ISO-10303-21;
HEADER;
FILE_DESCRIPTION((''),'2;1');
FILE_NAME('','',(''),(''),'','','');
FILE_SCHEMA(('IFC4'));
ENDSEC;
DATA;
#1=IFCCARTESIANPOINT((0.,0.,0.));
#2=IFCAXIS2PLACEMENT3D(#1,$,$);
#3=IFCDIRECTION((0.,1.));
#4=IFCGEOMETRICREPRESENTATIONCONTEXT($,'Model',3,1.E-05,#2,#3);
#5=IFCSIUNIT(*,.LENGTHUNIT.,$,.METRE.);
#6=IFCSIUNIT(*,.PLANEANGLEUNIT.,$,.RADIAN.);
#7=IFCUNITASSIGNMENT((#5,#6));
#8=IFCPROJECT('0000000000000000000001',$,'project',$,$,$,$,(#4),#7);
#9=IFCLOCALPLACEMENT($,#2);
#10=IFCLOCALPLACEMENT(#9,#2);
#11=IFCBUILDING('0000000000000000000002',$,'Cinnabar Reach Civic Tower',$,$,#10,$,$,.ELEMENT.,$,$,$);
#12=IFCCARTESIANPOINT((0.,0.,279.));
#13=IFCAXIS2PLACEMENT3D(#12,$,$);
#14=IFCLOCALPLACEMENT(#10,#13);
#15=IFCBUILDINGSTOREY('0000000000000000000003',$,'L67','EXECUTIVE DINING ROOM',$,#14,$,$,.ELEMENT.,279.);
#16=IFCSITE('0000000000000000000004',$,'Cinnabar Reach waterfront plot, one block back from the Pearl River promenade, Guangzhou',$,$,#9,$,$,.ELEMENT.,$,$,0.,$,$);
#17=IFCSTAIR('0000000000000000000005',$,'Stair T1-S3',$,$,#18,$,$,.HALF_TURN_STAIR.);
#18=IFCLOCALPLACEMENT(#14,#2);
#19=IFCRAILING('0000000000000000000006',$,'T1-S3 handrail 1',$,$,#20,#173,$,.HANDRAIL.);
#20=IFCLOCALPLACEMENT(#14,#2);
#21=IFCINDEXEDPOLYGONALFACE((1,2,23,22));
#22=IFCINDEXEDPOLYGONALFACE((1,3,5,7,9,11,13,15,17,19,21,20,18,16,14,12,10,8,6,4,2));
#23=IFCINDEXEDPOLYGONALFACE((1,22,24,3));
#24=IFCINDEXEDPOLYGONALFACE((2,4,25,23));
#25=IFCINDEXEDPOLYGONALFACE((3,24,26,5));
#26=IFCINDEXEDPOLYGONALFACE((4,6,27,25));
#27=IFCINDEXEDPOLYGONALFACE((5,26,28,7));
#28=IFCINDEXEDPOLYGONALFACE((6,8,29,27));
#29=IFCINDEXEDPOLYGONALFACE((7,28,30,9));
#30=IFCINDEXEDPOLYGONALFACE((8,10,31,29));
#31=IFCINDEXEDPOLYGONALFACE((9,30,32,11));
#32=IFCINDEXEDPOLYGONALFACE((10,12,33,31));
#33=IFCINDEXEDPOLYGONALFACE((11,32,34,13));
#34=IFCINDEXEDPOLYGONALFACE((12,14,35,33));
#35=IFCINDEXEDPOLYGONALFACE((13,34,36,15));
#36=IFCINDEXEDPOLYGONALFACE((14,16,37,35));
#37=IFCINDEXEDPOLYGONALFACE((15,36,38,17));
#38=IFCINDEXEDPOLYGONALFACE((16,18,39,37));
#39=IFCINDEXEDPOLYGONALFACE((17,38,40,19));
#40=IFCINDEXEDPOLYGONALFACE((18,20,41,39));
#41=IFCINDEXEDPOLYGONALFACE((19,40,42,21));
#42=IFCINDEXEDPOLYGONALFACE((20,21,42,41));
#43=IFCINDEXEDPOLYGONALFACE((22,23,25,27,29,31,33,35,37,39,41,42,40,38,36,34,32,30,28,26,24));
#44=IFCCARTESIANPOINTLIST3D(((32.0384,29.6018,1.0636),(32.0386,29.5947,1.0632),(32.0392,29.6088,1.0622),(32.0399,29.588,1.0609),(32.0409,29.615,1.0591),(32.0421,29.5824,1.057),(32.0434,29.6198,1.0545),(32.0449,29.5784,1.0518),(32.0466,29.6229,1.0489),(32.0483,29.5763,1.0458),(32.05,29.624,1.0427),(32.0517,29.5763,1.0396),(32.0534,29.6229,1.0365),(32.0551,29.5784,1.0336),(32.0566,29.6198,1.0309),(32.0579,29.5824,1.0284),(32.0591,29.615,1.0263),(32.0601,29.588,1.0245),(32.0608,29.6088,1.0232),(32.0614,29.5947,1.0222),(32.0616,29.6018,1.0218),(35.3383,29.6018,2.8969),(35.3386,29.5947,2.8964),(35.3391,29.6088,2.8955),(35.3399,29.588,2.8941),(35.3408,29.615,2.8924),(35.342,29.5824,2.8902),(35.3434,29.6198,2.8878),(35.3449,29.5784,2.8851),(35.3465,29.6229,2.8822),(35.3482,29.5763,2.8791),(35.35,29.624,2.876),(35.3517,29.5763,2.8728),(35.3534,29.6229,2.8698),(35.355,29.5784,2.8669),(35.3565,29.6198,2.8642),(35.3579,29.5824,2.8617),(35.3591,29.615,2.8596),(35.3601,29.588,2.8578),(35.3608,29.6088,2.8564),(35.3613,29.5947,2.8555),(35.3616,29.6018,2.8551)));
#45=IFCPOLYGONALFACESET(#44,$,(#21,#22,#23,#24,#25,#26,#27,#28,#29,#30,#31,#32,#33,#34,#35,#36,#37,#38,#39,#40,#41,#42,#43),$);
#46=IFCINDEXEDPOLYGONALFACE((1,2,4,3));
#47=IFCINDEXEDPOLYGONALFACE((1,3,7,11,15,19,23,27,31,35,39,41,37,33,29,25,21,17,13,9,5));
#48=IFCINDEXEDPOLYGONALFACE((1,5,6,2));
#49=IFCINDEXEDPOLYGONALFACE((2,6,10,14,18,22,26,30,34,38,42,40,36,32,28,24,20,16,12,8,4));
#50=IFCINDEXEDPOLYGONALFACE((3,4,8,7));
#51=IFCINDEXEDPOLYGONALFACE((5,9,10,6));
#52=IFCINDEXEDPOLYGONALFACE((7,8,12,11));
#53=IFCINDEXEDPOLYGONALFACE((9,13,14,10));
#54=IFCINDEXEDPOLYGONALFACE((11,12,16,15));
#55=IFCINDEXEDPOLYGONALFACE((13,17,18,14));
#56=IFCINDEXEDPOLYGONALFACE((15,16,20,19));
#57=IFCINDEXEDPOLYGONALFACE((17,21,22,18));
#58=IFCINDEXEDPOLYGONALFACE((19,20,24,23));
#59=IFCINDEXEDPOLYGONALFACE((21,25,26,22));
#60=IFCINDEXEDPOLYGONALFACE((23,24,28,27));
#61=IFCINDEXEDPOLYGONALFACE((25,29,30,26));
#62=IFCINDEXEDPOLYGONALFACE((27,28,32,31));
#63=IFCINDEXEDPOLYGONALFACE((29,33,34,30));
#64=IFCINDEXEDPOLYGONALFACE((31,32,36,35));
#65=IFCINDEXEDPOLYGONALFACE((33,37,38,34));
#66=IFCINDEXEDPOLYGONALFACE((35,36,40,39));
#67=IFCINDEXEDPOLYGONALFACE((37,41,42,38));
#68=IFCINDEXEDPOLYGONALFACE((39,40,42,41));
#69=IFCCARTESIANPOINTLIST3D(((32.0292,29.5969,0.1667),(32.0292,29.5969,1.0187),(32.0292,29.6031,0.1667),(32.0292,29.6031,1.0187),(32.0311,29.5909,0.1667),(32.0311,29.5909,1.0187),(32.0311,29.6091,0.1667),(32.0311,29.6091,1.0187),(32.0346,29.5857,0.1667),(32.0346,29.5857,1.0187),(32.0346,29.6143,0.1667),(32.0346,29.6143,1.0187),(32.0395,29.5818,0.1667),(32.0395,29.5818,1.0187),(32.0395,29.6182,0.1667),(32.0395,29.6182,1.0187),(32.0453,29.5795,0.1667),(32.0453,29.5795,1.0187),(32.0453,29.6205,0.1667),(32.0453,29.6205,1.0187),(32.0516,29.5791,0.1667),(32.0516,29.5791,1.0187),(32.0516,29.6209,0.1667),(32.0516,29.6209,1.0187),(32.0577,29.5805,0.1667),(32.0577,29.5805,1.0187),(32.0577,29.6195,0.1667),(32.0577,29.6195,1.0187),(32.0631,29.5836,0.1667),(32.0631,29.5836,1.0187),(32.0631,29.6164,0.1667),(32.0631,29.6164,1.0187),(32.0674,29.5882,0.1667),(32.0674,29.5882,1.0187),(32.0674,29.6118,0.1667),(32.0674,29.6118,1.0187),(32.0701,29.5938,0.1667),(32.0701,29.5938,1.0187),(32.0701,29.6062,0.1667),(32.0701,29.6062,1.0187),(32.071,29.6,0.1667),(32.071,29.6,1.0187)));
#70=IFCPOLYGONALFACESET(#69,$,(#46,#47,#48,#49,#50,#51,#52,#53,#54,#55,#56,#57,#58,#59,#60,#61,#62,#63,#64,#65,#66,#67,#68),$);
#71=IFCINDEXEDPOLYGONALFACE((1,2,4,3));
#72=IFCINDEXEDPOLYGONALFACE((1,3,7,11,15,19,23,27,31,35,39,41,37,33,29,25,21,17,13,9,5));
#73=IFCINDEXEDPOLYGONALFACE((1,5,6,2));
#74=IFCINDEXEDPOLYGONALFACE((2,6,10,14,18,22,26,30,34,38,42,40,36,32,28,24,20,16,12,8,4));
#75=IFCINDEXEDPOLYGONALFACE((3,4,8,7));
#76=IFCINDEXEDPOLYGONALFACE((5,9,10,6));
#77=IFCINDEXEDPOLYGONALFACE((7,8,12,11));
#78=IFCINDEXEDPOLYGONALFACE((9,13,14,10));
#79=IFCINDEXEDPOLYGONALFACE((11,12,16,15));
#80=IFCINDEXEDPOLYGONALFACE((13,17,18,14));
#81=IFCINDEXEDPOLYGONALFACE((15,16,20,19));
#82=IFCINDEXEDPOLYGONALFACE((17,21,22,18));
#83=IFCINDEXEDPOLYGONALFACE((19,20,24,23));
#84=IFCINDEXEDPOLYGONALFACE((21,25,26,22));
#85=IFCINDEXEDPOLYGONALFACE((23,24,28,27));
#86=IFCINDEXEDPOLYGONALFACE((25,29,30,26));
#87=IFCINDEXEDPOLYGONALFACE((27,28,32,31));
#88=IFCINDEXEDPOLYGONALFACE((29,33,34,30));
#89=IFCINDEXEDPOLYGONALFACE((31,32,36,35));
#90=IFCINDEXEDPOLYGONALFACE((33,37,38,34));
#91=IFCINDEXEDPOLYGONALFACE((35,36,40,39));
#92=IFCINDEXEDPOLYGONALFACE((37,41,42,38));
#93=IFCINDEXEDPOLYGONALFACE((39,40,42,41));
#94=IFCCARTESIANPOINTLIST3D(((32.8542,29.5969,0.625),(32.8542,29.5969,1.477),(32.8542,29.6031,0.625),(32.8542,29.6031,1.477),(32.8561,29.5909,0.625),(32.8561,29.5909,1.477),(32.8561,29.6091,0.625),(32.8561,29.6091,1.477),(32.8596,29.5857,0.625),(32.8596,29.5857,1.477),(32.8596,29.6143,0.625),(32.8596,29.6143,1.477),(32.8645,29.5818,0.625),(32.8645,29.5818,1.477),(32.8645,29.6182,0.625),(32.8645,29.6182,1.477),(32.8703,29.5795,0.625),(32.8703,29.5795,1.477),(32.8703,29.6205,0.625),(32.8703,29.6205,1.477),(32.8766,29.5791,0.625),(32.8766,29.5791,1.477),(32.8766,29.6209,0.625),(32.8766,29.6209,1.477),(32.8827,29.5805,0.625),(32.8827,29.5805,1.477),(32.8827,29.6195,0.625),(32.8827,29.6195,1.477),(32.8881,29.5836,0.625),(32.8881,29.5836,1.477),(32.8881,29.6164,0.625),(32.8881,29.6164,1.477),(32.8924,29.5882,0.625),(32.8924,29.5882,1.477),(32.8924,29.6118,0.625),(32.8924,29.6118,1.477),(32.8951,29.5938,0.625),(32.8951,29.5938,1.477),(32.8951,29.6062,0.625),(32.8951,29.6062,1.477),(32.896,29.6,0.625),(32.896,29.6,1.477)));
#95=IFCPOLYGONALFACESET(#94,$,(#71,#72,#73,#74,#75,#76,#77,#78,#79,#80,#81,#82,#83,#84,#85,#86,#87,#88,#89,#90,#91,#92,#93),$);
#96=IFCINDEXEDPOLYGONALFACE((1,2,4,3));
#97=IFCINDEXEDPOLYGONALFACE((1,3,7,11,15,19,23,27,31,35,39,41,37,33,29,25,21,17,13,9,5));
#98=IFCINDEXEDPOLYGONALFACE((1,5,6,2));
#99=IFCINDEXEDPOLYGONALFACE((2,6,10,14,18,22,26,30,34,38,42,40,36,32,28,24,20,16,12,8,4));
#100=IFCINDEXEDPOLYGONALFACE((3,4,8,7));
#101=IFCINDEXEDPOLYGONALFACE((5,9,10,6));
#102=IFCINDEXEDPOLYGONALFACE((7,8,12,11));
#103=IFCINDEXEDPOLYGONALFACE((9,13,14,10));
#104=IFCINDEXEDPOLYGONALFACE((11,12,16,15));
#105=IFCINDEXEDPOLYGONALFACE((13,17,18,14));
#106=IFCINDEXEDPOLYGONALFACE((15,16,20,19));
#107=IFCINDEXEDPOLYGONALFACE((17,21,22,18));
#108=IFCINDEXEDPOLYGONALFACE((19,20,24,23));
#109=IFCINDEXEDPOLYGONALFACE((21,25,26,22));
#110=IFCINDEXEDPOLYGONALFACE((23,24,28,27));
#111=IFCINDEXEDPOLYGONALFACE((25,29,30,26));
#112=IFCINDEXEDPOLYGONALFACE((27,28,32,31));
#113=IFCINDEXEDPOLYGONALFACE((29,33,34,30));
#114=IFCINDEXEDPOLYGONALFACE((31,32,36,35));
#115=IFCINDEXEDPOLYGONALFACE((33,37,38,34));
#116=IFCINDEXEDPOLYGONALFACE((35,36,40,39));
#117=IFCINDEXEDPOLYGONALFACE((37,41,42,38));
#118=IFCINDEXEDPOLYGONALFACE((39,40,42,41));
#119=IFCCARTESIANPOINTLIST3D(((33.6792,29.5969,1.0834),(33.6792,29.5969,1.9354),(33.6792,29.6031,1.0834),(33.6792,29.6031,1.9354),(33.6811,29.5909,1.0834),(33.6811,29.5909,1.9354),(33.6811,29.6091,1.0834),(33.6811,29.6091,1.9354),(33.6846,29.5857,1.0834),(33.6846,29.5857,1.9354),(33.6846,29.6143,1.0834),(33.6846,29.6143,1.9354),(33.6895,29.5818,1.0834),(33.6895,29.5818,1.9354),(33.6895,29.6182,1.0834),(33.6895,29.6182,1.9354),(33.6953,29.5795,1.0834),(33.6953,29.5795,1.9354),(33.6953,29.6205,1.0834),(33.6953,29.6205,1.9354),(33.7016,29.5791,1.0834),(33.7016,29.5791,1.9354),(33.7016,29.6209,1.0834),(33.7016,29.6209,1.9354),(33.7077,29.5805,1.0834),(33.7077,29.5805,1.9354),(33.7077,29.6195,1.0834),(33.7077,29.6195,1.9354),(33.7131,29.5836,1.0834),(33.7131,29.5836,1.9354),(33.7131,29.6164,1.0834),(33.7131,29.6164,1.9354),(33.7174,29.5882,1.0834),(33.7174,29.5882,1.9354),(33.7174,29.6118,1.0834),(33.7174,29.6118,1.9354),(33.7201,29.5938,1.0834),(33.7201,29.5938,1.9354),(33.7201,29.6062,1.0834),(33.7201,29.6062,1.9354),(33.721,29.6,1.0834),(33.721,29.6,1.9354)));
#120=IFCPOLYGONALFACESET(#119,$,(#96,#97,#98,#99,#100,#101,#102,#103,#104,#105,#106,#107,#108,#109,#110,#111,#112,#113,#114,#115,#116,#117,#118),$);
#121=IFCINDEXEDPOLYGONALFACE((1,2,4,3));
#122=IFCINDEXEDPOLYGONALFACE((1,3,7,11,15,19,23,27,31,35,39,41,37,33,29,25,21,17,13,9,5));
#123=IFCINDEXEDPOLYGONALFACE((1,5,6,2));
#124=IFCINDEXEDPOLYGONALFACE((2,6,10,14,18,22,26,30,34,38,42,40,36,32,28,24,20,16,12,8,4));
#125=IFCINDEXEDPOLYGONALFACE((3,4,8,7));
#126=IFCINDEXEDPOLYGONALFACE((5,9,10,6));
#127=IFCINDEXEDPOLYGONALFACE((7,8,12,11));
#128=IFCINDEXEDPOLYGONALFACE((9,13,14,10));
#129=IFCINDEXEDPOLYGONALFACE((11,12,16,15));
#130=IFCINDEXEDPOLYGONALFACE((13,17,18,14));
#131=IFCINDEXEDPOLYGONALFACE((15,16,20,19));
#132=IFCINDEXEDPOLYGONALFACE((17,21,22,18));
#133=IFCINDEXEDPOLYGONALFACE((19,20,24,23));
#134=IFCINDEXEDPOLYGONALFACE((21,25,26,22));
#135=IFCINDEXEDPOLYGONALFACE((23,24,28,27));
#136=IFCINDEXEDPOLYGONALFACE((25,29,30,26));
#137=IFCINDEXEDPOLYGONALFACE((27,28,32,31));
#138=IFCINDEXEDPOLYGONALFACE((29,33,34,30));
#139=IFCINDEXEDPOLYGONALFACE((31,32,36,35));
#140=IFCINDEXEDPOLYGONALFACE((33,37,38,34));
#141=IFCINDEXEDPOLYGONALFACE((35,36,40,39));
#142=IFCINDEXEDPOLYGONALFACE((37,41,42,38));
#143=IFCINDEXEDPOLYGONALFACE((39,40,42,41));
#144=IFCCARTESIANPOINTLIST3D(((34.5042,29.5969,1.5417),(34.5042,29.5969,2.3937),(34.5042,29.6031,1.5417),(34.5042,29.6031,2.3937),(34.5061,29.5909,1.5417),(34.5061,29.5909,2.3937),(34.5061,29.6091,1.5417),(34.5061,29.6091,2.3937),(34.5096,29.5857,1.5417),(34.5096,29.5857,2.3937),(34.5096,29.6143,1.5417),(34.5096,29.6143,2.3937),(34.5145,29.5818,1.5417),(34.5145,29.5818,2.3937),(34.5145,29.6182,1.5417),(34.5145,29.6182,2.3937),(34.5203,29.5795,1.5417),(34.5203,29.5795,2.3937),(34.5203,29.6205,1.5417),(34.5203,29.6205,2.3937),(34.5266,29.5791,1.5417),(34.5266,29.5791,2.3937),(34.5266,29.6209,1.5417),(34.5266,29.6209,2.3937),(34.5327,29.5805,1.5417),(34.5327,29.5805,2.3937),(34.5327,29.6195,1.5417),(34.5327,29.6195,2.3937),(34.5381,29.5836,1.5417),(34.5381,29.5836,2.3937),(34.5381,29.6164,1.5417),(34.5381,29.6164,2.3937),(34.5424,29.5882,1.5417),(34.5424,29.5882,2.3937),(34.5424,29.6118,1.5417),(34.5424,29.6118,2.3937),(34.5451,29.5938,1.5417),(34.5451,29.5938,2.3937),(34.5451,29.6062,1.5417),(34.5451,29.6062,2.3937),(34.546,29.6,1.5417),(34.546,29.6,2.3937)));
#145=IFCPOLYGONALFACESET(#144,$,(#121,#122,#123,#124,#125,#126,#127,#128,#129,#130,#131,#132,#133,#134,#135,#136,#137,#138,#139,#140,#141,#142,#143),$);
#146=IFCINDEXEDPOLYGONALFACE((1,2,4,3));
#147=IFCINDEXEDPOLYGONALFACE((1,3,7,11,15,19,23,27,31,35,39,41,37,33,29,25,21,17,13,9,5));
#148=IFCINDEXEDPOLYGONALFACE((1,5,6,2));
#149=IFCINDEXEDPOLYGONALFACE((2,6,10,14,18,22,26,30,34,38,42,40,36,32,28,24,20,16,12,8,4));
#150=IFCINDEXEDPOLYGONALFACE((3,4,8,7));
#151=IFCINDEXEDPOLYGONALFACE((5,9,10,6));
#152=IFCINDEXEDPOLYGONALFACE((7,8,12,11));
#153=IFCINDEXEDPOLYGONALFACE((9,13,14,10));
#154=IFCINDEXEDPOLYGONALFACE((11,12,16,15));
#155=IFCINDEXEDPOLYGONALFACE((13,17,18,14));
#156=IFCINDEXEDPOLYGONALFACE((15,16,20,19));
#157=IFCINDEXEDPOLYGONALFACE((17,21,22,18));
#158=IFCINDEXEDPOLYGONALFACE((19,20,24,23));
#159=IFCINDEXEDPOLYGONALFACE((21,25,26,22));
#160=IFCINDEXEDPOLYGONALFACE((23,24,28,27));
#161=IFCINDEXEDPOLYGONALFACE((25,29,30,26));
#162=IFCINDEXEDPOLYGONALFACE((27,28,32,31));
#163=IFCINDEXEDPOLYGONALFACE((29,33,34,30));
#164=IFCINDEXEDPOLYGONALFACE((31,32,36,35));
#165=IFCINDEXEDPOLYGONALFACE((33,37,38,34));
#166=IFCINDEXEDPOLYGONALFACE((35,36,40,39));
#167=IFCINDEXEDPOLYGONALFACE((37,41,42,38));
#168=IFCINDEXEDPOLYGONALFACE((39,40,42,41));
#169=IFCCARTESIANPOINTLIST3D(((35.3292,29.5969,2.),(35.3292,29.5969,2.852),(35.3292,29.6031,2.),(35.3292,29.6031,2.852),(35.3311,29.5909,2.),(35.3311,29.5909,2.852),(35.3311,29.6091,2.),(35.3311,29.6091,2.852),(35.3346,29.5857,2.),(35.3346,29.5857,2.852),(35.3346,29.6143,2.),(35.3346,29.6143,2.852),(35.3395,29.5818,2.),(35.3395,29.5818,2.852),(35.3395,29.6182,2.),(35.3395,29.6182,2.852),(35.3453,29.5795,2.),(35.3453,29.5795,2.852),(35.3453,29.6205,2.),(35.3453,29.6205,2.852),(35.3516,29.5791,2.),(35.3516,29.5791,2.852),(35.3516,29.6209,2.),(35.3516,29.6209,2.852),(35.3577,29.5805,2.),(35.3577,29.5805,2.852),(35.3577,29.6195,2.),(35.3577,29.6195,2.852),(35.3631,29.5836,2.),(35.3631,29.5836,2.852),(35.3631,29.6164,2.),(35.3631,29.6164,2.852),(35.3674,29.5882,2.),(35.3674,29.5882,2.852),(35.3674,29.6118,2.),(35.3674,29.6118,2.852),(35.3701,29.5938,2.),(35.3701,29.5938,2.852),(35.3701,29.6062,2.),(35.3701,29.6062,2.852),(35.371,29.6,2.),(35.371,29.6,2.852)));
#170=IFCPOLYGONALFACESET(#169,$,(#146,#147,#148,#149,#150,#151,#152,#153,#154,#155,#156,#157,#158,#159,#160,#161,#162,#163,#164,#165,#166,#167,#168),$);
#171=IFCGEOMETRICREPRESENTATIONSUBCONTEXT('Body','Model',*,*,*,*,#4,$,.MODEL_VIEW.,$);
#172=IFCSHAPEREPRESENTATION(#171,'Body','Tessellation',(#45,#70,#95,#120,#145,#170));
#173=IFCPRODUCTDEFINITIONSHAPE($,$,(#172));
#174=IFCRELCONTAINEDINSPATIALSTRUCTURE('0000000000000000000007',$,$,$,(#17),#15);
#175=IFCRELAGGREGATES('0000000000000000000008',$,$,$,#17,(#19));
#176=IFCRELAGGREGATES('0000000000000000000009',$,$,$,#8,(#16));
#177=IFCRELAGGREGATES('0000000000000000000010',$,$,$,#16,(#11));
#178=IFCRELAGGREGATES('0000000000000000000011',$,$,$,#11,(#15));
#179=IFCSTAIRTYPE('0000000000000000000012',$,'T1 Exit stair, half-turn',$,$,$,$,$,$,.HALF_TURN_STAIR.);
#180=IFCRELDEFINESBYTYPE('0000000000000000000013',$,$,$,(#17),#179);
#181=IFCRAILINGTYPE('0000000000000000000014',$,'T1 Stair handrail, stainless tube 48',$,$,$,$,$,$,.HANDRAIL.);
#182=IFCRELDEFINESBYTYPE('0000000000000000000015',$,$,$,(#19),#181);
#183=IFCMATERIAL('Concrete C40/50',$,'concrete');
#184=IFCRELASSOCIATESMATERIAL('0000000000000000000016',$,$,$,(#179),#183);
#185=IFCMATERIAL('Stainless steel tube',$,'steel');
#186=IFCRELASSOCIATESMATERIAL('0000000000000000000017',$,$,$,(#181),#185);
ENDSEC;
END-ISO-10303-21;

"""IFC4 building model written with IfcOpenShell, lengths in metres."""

from ifc_helpers import new_model, si_unit, direction, frame, origin, origin_2d, place, context, subcontext, project, spatial, circle, extrude, material, type_object, element, aggregate, save


model = new_model("IFC4")

# Units and contexts
model_context = context("Model", 3, precision=1e-05, world=origin(), true_north=direction((0.0, 1.0)))
body_context = subcontext(model_context, "Body", "Model", "MODEL_VIEW")
ifc_project = project(units=[si_unit("LENGTHUNIT", "METRE"), si_unit("PLANEANGLEUNIT", "RADIAN")], contexts=[model_context])

# Site, building, storey
site_placement = place(None, origin())
site = spatial("IfcSite", under=ifc_project, at=site_placement, Name="Cinnabar Reach waterfront plot, one block back from the Pearl River promenade, Guangzhou", CompositionType="ELEMENT", RefElevation=0.0)
building_placement = place(site_placement, origin())
building = spatial("IfcBuilding", under=site, at=building_placement, Name="Cinnabar Reach Civic Tower", CompositionType="ELEMENT")
storey_placement = place(building_placement, frame((0.0, 0.0, 279.0)))
storey = spatial("IfcBuildingStorey", under=building, at=storey_placement, Name="L67", Description="EXECUTIVE DINING ROOM", CompositionType="ELEMENT", Elevation=279.0)

# Stair, railing
ifc_material_1 = material(Name="Concrete C40/50", Category="concrete")
stair_type = type_object("IfcStairType", Name="T1 Exit stair, half-turn", PredefinedType="HALF_TURN_STAIR", material=ifc_material_1)
stair_placement = place(storey_placement, origin())
stair = element("IfcStair", 1, at=stair_placement, inside=storey, type_object=stair_type, Name="Stair T1-S3", PredefinedType="HALF_TURN_STAIR")
ifc_material_2 = material(Name="Stainless steel tube", Category="steel")
railing_type = type_object("IfcRailingType", Name="T1 Stair handrail, stainless tube 48", PredefinedType="HANDRAIL", material=ifc_material_2)
railing_1_placement = place(storey_placement, frame((32.05, 29.6, 0.1667)))
railing_1 = element("IfcRailing", 2, at=railing_1_placement, type_object=railing_type, Name="T1-S3 handrail 1", PredefinedType="HANDRAIL", context=body_context, shape_type="SweptSolid", body=[
    extrude(circle(Radius=0.024, at=origin_2d()), frame((0.0, 0.0, 0.876), z_axis=(0.874161, 0.0, 0.485636), x_axis=(0.0, 1.0, 0.0)), (0.0, 0.0, 1.0), 3.775),
    extrude(circle(Radius=0.021, at=origin_2d()), origin(), (0.0, 0.0, 1.0), 0.852),
    extrude(circle(Radius=0.021, at=origin_2d()), frame((0.825, 0.0, 0.4583)), (0.0, 0.0, 1.0), 0.852),
    extrude(circle(Radius=0.021, at=origin_2d()), frame((1.65, 0.0, 0.9167)), (0.0, 0.0, 1.0), 0.852),
    extrude(circle(Radius=0.021, at=origin_2d()), frame((2.475, 0.0, 1.375)), (0.0, 0.0, 1.0), 0.852),
    extrude(circle(Radius=0.021, at=origin_2d()), frame((3.3, 0.0, 1.8333)), (0.0, 0.0, 1.0), 0.852),
])
aggregate(stair, [railing_1])

save(model, "model.ifc")
